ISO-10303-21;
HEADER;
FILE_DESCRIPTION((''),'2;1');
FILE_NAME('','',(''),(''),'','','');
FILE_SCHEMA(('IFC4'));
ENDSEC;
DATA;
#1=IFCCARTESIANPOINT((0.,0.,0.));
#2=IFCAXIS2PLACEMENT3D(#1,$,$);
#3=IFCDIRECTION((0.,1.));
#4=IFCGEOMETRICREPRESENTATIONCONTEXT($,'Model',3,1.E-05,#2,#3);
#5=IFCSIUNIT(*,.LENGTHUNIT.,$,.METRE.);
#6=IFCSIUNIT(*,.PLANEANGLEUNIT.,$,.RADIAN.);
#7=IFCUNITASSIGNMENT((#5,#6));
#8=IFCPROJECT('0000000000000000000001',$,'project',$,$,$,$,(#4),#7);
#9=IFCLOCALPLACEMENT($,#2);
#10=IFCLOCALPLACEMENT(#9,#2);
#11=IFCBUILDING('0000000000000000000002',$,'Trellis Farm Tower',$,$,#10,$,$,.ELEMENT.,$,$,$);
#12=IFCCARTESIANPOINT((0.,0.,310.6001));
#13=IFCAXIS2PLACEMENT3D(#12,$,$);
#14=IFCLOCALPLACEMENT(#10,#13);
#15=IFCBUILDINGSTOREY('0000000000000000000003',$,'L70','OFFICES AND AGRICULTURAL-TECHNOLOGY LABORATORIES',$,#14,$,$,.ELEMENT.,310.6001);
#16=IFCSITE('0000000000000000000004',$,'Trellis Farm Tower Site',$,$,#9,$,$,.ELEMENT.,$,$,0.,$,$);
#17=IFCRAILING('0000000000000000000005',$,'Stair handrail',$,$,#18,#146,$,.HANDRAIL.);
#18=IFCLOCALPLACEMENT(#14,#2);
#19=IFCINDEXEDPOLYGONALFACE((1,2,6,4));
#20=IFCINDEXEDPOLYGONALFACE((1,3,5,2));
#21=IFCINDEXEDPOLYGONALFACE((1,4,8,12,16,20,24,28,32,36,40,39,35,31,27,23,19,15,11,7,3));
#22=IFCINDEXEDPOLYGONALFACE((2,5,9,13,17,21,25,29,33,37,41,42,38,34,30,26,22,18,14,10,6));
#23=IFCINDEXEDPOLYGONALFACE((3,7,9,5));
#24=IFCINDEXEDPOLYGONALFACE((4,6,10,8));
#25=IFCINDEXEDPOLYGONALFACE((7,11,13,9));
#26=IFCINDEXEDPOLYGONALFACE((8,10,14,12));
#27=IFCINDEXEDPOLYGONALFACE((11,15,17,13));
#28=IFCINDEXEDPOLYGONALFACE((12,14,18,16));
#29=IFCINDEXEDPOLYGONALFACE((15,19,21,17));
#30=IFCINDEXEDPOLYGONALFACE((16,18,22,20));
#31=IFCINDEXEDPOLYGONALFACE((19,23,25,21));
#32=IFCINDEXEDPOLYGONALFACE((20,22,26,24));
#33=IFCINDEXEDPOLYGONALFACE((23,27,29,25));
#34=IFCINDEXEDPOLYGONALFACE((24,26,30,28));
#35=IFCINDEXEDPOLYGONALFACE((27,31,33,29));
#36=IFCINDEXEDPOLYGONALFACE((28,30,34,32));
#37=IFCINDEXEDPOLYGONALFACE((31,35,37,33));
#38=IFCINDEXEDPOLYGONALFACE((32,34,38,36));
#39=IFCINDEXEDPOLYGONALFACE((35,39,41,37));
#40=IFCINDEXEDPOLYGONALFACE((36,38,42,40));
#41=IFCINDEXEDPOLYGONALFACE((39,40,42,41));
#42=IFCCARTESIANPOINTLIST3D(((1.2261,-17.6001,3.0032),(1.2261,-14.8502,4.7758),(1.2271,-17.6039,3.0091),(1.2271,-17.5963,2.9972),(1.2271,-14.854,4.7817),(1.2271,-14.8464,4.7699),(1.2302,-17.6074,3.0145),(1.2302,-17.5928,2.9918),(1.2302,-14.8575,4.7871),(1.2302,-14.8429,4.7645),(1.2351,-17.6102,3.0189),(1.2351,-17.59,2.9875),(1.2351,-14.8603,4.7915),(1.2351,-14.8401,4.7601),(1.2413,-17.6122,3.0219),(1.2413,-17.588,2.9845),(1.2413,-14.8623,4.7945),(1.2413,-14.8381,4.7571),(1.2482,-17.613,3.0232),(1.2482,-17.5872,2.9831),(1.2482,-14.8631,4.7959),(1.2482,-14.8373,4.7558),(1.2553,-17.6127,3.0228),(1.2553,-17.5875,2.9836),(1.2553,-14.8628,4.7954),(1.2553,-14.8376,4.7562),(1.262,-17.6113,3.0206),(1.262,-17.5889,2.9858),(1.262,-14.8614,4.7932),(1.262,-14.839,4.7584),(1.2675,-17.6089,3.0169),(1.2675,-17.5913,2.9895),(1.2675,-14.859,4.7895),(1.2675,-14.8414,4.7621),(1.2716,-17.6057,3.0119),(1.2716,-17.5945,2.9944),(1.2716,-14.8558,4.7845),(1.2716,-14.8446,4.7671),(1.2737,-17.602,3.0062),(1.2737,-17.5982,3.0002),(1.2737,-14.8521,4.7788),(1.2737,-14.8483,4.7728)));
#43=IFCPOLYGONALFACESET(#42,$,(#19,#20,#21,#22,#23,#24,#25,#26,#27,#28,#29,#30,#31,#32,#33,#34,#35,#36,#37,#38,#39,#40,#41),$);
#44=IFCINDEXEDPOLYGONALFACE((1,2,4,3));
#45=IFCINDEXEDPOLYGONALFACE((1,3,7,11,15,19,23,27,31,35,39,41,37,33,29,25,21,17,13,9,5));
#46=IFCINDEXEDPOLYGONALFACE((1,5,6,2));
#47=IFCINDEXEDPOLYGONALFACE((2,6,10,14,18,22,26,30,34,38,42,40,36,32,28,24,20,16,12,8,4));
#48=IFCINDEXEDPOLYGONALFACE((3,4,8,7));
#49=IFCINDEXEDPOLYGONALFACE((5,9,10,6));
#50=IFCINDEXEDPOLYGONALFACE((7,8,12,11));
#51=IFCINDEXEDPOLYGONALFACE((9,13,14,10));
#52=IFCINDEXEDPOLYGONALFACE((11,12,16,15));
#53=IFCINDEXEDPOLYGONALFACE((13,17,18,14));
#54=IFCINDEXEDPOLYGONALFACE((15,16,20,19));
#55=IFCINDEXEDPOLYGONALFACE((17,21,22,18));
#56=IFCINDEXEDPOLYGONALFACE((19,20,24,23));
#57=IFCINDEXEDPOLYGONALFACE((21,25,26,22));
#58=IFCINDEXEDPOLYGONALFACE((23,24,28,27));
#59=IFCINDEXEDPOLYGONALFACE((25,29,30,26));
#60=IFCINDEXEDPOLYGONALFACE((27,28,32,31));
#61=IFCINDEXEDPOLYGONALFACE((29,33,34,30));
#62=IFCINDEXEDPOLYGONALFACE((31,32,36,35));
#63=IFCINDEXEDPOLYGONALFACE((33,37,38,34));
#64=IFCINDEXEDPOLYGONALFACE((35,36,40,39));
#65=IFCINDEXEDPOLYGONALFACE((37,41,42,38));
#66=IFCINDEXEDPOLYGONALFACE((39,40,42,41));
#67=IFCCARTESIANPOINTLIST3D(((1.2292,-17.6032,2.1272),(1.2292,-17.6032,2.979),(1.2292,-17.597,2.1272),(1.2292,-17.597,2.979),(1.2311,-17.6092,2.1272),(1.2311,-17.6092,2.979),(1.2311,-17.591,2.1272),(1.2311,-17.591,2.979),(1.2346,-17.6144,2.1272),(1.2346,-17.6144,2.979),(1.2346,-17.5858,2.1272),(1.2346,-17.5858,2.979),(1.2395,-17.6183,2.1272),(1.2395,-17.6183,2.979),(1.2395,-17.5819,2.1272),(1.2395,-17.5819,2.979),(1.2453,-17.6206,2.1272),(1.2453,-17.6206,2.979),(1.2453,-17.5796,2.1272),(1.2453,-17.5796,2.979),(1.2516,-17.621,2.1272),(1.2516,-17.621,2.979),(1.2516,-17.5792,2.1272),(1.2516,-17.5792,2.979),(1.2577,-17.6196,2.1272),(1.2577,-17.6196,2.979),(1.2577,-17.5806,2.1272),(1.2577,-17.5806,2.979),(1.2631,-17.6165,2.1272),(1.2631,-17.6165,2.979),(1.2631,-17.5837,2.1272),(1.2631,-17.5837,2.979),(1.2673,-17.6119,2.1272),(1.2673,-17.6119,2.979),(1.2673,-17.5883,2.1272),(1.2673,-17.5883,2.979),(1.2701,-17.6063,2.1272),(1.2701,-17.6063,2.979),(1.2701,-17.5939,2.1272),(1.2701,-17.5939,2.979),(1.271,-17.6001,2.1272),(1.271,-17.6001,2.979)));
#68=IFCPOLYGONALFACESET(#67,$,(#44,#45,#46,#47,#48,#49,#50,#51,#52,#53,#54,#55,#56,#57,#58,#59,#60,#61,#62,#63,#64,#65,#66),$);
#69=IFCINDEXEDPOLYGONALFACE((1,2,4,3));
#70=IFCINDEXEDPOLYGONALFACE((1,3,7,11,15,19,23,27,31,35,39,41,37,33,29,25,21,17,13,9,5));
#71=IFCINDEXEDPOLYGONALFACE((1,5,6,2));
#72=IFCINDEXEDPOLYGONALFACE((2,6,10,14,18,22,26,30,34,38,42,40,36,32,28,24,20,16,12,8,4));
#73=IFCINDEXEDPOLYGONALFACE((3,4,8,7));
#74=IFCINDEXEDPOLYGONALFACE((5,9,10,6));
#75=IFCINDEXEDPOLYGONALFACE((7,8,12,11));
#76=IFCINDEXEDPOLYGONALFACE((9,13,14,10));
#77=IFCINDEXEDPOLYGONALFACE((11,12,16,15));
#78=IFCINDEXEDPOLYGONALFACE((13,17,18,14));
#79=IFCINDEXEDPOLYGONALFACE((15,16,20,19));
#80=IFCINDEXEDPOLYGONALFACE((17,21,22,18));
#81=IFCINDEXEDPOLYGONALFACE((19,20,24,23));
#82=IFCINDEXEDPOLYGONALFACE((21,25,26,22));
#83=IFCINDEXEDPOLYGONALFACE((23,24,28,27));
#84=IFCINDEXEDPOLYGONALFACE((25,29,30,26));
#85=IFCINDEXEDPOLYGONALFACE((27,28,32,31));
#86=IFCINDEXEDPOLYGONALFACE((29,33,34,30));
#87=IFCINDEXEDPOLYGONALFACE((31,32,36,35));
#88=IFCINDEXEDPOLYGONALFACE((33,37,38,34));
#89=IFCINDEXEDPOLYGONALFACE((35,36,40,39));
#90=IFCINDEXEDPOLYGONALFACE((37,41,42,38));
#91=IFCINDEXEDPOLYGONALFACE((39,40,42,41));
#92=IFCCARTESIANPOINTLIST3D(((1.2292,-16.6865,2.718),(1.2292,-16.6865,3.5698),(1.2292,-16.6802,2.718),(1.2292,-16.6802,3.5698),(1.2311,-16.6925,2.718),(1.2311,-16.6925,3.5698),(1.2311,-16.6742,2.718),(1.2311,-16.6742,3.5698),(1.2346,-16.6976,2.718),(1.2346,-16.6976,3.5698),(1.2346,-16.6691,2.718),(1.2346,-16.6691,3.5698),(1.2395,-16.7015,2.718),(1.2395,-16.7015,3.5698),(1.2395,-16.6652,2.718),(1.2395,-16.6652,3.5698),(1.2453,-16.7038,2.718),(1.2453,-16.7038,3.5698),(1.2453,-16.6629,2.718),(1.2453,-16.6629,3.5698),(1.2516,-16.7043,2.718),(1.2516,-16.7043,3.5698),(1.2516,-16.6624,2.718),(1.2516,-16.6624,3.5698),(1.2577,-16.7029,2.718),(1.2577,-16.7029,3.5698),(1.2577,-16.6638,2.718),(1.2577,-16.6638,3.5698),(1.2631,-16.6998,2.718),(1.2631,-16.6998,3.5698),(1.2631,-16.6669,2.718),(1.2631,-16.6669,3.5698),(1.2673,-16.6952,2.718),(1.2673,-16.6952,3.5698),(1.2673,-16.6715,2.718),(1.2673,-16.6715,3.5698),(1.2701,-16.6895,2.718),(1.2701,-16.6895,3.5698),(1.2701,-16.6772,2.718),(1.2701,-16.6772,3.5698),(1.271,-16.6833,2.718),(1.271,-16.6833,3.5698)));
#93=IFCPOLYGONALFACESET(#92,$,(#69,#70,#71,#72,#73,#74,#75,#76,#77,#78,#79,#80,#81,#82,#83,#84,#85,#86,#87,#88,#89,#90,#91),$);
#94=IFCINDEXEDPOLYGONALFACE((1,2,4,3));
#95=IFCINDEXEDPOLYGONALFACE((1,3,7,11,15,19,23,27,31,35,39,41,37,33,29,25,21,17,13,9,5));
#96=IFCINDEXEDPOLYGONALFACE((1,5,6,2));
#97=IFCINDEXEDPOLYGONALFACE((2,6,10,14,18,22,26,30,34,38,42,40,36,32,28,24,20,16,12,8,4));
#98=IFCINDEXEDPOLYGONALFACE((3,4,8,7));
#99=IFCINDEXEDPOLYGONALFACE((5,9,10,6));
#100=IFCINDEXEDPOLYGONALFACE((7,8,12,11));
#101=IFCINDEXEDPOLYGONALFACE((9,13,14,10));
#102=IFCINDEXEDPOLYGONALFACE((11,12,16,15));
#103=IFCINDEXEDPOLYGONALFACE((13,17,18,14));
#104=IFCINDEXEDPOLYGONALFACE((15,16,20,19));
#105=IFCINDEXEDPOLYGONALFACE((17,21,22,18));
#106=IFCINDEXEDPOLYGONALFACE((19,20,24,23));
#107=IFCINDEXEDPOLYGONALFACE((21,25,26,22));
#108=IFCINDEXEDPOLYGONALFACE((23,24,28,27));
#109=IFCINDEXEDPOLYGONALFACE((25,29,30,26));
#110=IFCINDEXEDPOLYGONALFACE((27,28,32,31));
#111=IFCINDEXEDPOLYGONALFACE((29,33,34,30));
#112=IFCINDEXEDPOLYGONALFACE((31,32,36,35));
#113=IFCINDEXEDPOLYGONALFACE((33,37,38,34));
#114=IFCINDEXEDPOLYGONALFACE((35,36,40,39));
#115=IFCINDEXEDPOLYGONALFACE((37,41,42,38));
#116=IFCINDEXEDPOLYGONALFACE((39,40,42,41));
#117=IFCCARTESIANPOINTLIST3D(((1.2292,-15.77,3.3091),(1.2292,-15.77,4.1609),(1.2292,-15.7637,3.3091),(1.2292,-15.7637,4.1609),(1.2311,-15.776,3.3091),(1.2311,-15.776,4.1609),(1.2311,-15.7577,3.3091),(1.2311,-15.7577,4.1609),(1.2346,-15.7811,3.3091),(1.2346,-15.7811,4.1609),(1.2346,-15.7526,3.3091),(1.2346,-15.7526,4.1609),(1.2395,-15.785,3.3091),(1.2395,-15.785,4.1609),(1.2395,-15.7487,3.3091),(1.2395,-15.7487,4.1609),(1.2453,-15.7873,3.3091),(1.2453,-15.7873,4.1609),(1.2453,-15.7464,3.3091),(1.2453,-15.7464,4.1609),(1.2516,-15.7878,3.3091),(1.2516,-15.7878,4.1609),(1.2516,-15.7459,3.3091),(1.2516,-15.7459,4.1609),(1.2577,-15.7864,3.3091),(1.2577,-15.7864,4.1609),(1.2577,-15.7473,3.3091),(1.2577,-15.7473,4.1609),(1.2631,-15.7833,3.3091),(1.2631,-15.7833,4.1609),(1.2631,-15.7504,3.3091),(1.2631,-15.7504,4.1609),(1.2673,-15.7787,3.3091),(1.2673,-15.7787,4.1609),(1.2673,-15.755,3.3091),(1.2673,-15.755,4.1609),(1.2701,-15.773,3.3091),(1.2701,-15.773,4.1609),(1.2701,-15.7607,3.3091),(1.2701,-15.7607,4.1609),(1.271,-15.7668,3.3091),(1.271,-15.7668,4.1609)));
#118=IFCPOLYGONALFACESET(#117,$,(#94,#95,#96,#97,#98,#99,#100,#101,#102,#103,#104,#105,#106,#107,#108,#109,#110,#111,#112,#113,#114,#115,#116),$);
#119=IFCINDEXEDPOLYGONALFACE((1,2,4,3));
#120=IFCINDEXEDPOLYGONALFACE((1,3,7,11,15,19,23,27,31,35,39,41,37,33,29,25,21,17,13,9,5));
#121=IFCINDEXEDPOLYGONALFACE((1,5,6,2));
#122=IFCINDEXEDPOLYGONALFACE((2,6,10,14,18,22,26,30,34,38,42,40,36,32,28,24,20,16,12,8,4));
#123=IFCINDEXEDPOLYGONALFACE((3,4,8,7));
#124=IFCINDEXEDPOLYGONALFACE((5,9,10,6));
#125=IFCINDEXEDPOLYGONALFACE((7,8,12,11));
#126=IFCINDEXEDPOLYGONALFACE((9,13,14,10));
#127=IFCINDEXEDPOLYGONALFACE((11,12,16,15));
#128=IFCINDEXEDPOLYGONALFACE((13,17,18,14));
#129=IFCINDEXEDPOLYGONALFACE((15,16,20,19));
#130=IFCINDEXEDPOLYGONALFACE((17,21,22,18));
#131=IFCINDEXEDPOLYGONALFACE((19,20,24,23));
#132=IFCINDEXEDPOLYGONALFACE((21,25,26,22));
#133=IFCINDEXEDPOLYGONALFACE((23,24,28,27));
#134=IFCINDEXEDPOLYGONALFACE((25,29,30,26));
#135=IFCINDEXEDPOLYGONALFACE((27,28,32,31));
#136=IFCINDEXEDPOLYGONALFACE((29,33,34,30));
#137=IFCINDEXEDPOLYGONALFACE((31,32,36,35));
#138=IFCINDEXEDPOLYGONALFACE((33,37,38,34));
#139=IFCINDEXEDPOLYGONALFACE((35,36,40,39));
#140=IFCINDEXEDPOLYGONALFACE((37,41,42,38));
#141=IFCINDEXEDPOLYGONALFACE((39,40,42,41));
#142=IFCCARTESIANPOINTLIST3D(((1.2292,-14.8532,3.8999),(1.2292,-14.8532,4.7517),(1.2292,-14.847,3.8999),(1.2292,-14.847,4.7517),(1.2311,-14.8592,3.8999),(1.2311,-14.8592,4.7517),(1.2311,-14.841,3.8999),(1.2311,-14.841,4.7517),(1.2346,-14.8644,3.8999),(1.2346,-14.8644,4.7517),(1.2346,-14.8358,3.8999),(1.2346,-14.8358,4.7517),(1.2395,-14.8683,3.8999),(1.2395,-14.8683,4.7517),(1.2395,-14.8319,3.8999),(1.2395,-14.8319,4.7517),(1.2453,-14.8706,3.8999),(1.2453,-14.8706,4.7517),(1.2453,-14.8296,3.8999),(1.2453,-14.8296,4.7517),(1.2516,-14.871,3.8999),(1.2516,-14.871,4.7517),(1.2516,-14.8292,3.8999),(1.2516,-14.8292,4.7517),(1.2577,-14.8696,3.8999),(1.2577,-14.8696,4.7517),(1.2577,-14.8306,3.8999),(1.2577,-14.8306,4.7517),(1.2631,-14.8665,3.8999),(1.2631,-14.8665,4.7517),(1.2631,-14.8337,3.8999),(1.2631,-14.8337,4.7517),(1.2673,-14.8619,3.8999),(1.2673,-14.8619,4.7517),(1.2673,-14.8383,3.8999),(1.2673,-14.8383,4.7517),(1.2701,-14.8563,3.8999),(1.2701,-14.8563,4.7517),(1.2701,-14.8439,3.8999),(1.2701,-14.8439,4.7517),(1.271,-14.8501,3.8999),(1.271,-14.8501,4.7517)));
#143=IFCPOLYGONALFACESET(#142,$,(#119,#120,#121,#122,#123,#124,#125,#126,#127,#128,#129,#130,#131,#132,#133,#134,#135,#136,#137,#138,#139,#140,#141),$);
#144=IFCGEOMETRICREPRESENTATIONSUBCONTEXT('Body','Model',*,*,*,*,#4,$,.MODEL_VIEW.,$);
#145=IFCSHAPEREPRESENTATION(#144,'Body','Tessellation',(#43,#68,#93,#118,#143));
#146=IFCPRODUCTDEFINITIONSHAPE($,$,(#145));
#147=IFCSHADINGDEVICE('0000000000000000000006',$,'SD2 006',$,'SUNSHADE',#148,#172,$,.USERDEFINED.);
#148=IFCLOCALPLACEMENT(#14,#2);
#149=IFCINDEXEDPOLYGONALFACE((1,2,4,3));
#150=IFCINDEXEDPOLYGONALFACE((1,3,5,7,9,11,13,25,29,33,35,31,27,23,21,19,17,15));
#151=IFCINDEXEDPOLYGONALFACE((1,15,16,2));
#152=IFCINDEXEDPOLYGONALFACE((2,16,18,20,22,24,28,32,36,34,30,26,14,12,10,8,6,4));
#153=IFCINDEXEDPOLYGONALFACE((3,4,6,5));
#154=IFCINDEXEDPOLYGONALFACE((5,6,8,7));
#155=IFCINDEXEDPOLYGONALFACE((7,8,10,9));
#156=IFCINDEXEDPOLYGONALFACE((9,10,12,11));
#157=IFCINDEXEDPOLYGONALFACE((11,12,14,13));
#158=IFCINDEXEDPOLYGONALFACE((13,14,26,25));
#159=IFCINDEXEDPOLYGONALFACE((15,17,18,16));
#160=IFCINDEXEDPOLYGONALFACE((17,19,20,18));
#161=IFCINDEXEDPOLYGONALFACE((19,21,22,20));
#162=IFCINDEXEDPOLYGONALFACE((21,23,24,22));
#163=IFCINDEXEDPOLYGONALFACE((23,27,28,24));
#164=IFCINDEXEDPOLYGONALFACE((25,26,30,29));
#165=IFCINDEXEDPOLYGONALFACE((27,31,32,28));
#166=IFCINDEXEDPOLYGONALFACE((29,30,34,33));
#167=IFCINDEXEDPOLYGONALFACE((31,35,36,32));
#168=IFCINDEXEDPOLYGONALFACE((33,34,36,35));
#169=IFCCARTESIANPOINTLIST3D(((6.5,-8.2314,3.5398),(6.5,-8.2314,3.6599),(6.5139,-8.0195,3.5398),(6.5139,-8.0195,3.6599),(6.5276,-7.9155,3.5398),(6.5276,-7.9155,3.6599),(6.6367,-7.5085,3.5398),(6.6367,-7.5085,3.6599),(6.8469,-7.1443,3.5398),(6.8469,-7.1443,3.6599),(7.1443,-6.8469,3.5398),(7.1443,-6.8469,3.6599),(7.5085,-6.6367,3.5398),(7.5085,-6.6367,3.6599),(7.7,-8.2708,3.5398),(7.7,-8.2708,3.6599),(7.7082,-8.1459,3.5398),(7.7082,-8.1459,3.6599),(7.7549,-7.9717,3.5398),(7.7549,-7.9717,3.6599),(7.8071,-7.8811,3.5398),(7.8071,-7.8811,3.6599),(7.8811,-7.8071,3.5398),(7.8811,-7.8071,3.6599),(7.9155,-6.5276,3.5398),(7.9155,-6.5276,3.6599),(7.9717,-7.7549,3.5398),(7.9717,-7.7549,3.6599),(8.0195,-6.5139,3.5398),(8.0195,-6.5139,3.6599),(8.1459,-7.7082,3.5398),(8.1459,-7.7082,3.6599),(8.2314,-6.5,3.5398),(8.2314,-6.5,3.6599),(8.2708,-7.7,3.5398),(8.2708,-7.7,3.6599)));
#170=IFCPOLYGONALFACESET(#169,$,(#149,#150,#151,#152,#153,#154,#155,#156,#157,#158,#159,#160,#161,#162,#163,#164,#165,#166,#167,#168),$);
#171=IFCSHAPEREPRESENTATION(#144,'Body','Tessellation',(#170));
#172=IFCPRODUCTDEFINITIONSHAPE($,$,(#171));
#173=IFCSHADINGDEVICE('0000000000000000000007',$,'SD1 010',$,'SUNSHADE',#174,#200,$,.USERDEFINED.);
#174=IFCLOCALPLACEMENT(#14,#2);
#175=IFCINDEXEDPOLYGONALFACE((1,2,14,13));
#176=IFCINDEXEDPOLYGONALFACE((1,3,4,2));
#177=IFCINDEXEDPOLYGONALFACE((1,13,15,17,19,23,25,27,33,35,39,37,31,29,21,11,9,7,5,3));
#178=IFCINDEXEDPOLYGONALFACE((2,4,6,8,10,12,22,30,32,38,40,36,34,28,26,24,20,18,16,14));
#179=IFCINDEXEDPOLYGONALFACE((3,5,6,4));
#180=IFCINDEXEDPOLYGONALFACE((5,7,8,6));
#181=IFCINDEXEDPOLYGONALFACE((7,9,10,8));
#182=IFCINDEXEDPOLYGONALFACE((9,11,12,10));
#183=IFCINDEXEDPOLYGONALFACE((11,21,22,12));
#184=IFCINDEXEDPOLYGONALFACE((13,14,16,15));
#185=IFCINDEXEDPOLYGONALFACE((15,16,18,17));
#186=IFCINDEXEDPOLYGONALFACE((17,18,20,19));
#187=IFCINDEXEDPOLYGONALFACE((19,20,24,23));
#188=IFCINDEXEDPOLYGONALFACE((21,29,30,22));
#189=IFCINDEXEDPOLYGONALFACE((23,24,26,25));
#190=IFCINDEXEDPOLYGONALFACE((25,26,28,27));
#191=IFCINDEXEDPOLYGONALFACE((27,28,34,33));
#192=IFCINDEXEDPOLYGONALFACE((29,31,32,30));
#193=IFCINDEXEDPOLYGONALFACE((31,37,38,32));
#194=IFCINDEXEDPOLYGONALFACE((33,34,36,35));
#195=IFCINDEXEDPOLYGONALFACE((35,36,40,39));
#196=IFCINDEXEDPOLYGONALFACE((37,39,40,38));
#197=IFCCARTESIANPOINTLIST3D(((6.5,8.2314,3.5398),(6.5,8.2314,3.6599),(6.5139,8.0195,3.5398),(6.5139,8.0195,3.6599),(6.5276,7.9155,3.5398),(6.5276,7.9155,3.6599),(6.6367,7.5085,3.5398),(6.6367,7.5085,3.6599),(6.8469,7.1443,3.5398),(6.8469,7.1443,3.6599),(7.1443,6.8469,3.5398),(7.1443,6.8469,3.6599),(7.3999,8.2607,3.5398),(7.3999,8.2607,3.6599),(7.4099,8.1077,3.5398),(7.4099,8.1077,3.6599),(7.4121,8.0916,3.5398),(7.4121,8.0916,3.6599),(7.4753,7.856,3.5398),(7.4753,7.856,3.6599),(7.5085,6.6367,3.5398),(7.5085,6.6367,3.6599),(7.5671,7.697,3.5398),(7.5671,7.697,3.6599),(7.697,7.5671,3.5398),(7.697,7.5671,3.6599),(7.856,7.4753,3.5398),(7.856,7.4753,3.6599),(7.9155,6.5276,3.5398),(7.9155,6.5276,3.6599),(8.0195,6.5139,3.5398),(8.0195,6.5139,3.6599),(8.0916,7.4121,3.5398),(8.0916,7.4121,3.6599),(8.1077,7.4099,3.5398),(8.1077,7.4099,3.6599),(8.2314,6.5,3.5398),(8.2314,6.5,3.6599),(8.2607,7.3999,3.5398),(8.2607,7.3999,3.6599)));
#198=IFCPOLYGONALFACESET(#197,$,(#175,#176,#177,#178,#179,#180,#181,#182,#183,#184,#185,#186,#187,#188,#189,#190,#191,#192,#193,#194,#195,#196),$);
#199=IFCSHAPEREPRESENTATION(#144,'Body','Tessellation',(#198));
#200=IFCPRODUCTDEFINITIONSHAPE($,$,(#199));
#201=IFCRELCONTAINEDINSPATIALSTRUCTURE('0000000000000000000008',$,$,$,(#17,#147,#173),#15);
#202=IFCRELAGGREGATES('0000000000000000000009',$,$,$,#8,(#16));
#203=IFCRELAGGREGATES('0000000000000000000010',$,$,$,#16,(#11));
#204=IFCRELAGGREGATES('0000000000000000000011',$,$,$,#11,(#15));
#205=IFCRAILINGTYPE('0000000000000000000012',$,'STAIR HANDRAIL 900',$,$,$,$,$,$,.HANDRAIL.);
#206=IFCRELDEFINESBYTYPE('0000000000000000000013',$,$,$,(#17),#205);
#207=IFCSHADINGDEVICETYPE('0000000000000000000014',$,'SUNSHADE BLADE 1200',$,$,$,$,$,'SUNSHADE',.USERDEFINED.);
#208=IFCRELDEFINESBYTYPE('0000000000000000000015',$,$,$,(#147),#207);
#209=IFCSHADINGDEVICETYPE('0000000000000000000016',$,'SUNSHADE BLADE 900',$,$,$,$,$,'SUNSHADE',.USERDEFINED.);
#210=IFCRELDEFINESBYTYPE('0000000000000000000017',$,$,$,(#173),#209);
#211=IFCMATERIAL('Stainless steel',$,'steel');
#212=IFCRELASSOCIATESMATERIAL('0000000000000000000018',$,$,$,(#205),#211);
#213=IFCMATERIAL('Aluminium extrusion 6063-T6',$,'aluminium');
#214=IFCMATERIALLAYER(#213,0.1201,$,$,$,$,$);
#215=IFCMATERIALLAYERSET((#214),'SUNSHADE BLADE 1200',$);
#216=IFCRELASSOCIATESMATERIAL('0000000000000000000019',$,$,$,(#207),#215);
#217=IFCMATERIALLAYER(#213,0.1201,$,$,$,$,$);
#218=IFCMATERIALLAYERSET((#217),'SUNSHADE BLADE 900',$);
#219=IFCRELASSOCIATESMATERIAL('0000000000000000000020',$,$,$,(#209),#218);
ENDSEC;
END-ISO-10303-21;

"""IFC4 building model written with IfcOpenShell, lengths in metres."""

from ifc_helpers import new_model, si_unit, direction, frame, origin, origin_2d, place, context, subcontext, project, spatial, polyline, circle, outline, extrude, source, transform, mapped, material, layer, layer_set, type_object, element, save


model = new_model("IFC4")

# Units and contexts
model_context = context("Model", 3, precision=1e-05, world=origin(), true_north=direction((0.0, 1.0)))
body_context = subcontext(model_context, "Body", "Model", "MODEL_VIEW")
ifc_project = project(units=[si_unit("LENGTHUNIT", "METRE"), si_unit("PLANEANGLEUNIT", "RADIAN")], contexts=[model_context])

# Site, building, storey
site_placement = place(None, origin())
site = spatial("IfcSite", under=ifc_project, at=site_placement, Name="Trellis Farm Tower Site", CompositionType="ELEMENT", RefElevation=0.0)
building_placement = place(site_placement, origin())
building = spatial("IfcBuilding", under=site, at=building_placement, Name="Trellis Farm Tower", CompositionType="ELEMENT")
storey_placement = place(building_placement, frame((0.0, 0.0, 310.6001)))
storey = spatial("IfcBuildingStorey", under=building, at=storey_placement, Name="L70", Description="OFFICES AND AGRICULTURAL-TECHNOLOGY LABORATORIES", CompositionType="ELEMENT", Elevation=310.6001)

# Shared definitions
ifc_material_1 = material(Name="Aluminium extrusion 6063-T6", Category="aluminium")

# Railing
ifc_material_2 = material(Name="Stainless steel", Category="steel")
railing_type = type_object("IfcRailingType", Name="STAIR HANDRAIL 900", PredefinedType="HANDRAIL", material=ifc_material_2)
shared_shape_1 = source(origin(), body_context, "Body", "SweptSolid", [
    extrude(circle(Radius=0.0239, at=origin_2d()), frame((0.0, 0.0, 0.876), z_axis=(0.0, 0.840504, 0.541806), x_axis=(-1.0, 0.0, 0.0)), (0.0, 0.0, 1.0), 3.2717),
    extrude(circle(Radius=0.021, at=origin_2d()), origin(), (0.0, 0.0, 1.0), 0.8518),
    extrude(circle(Radius=0.021, at=origin_2d()), frame((0.0, 0.9167, 0.5908)), (0.0, 0.0, 1.0), 0.8518),
    extrude(circle(Radius=0.021, at=origin_2d()), frame((0.0, 1.8333, 1.1819)), (0.0, 0.0, 1.0), 0.8518),
    extrude(circle(Radius=0.021, at=origin_2d()), frame((0.0, 2.75, 1.7727)), (0.0, 0.0, 1.0), 0.8518),
])
railing_placement = place(storey_placement, frame((1.25, -17.6001, 2.1272)))
element("IfcRailing", 1, at=railing_placement, inside=storey, type_object=railing_type, Name="Stair handrail", PredefinedType="HANDRAIL", context=body_context, shape_type="MappedRepresentation", body=[
    mapped(shared_shape_1, transform((0.0, 0.0, 0.0))),
])

# Shading devices
ifc_layer_1 = layer(ifc_material_1, 0.1201)
ifc_layer_set_1 = layer_set([ifc_layer_1], Name="SUNSHADE BLADE 1200")
shading_device_type_1 = type_object("IfcShadingDeviceType", Name="SUNSHADE BLADE 1200", ElementType="SUNSHADE", PredefinedType="USERDEFINED", material=ifc_layer_set_1)
shared_shape_2 = source(origin(), body_context, "Body", "SweptSolid", [
    extrude(outline(polyline([(7.7, -8.2708), (7.7087, -8.1372), (7.707, -8.1501), (7.7549, -7.9717), (7.8071, -7.8811), (7.8811, -7.8071), (7.9717, -7.7549), (8.1501, -7.707), (8.1372, -7.7087), (8.2708, -7.7), (8.2314, -6.5), (8.0195, -6.5139), (7.9155, -6.5276), (7.5085, -6.6367), (7.1443, -6.8469), (6.8469, -7.1443), (6.6367, -7.5085), (6.5276, -7.9155), (6.5139, -8.0195), (6.5, -8.2314), (7.7, -8.2708)])), origin(), (0.0, 0.0, 1.0), 0.1201),
])
placement_1 = place(storey_placement, frame((0.0, 0.0, 3.5398)))
element("IfcShadingDevice", 2, at=placement_1, inside=storey, type_object=shading_device_type_1, Name="SD2 006", ObjectType="SUNSHADE", PredefinedType="USERDEFINED", context=body_context, shape_type="MappedRepresentation", body=[
    mapped(shared_shape_2, transform((0.0, 0.0, 0.0))),
])
ifc_layer_2 = layer(ifc_material_1, 0.1201)
ifc_layer_set_2 = layer_set([ifc_layer_2], Name="SUNSHADE BLADE 900")
shading_device_type_2 = type_object("IfcShadingDeviceType", Name="SUNSHADE BLADE 900", ElementType="SUNSHADE", PredefinedType="USERDEFINED", material=ifc_layer_set_2)
shared_shape_3 = source(origin(), body_context, "Body", "SweptSolid", [
    extrude(outline(polyline([(8.2607, 7.3999), (8.1077, 7.4099), (8.0916, 7.4121), (7.856, 7.4753), (7.697, 7.5671), (7.5671, 7.697), (7.4753, 7.856), (7.4121, 8.0916), (7.4099, 8.1077), (7.3999, 8.2607), (6.5, 8.2314), (6.5139, 8.0195), (6.5276, 7.9155), (6.6367, 7.5085), (6.8469, 7.1443), (7.1443, 6.8469), (7.5085, 6.6367), (7.9155, 6.5276), (8.0195, 6.5139), (8.2314, 6.5), (8.2607, 7.3999)])), origin(), (0.0, 0.0, 1.0), 0.1201),
])
element("IfcShadingDevice", 3, at=placement_1, inside=storey, type_object=shading_device_type_2, Name="SD1 010", ObjectType="SUNSHADE", PredefinedType="USERDEFINED", context=body_context, shape_type="MappedRepresentation", body=[
    mapped(shared_shape_3, transform((0.0, 0.0, 0.0))),
])

save(model, "model.ifc")
